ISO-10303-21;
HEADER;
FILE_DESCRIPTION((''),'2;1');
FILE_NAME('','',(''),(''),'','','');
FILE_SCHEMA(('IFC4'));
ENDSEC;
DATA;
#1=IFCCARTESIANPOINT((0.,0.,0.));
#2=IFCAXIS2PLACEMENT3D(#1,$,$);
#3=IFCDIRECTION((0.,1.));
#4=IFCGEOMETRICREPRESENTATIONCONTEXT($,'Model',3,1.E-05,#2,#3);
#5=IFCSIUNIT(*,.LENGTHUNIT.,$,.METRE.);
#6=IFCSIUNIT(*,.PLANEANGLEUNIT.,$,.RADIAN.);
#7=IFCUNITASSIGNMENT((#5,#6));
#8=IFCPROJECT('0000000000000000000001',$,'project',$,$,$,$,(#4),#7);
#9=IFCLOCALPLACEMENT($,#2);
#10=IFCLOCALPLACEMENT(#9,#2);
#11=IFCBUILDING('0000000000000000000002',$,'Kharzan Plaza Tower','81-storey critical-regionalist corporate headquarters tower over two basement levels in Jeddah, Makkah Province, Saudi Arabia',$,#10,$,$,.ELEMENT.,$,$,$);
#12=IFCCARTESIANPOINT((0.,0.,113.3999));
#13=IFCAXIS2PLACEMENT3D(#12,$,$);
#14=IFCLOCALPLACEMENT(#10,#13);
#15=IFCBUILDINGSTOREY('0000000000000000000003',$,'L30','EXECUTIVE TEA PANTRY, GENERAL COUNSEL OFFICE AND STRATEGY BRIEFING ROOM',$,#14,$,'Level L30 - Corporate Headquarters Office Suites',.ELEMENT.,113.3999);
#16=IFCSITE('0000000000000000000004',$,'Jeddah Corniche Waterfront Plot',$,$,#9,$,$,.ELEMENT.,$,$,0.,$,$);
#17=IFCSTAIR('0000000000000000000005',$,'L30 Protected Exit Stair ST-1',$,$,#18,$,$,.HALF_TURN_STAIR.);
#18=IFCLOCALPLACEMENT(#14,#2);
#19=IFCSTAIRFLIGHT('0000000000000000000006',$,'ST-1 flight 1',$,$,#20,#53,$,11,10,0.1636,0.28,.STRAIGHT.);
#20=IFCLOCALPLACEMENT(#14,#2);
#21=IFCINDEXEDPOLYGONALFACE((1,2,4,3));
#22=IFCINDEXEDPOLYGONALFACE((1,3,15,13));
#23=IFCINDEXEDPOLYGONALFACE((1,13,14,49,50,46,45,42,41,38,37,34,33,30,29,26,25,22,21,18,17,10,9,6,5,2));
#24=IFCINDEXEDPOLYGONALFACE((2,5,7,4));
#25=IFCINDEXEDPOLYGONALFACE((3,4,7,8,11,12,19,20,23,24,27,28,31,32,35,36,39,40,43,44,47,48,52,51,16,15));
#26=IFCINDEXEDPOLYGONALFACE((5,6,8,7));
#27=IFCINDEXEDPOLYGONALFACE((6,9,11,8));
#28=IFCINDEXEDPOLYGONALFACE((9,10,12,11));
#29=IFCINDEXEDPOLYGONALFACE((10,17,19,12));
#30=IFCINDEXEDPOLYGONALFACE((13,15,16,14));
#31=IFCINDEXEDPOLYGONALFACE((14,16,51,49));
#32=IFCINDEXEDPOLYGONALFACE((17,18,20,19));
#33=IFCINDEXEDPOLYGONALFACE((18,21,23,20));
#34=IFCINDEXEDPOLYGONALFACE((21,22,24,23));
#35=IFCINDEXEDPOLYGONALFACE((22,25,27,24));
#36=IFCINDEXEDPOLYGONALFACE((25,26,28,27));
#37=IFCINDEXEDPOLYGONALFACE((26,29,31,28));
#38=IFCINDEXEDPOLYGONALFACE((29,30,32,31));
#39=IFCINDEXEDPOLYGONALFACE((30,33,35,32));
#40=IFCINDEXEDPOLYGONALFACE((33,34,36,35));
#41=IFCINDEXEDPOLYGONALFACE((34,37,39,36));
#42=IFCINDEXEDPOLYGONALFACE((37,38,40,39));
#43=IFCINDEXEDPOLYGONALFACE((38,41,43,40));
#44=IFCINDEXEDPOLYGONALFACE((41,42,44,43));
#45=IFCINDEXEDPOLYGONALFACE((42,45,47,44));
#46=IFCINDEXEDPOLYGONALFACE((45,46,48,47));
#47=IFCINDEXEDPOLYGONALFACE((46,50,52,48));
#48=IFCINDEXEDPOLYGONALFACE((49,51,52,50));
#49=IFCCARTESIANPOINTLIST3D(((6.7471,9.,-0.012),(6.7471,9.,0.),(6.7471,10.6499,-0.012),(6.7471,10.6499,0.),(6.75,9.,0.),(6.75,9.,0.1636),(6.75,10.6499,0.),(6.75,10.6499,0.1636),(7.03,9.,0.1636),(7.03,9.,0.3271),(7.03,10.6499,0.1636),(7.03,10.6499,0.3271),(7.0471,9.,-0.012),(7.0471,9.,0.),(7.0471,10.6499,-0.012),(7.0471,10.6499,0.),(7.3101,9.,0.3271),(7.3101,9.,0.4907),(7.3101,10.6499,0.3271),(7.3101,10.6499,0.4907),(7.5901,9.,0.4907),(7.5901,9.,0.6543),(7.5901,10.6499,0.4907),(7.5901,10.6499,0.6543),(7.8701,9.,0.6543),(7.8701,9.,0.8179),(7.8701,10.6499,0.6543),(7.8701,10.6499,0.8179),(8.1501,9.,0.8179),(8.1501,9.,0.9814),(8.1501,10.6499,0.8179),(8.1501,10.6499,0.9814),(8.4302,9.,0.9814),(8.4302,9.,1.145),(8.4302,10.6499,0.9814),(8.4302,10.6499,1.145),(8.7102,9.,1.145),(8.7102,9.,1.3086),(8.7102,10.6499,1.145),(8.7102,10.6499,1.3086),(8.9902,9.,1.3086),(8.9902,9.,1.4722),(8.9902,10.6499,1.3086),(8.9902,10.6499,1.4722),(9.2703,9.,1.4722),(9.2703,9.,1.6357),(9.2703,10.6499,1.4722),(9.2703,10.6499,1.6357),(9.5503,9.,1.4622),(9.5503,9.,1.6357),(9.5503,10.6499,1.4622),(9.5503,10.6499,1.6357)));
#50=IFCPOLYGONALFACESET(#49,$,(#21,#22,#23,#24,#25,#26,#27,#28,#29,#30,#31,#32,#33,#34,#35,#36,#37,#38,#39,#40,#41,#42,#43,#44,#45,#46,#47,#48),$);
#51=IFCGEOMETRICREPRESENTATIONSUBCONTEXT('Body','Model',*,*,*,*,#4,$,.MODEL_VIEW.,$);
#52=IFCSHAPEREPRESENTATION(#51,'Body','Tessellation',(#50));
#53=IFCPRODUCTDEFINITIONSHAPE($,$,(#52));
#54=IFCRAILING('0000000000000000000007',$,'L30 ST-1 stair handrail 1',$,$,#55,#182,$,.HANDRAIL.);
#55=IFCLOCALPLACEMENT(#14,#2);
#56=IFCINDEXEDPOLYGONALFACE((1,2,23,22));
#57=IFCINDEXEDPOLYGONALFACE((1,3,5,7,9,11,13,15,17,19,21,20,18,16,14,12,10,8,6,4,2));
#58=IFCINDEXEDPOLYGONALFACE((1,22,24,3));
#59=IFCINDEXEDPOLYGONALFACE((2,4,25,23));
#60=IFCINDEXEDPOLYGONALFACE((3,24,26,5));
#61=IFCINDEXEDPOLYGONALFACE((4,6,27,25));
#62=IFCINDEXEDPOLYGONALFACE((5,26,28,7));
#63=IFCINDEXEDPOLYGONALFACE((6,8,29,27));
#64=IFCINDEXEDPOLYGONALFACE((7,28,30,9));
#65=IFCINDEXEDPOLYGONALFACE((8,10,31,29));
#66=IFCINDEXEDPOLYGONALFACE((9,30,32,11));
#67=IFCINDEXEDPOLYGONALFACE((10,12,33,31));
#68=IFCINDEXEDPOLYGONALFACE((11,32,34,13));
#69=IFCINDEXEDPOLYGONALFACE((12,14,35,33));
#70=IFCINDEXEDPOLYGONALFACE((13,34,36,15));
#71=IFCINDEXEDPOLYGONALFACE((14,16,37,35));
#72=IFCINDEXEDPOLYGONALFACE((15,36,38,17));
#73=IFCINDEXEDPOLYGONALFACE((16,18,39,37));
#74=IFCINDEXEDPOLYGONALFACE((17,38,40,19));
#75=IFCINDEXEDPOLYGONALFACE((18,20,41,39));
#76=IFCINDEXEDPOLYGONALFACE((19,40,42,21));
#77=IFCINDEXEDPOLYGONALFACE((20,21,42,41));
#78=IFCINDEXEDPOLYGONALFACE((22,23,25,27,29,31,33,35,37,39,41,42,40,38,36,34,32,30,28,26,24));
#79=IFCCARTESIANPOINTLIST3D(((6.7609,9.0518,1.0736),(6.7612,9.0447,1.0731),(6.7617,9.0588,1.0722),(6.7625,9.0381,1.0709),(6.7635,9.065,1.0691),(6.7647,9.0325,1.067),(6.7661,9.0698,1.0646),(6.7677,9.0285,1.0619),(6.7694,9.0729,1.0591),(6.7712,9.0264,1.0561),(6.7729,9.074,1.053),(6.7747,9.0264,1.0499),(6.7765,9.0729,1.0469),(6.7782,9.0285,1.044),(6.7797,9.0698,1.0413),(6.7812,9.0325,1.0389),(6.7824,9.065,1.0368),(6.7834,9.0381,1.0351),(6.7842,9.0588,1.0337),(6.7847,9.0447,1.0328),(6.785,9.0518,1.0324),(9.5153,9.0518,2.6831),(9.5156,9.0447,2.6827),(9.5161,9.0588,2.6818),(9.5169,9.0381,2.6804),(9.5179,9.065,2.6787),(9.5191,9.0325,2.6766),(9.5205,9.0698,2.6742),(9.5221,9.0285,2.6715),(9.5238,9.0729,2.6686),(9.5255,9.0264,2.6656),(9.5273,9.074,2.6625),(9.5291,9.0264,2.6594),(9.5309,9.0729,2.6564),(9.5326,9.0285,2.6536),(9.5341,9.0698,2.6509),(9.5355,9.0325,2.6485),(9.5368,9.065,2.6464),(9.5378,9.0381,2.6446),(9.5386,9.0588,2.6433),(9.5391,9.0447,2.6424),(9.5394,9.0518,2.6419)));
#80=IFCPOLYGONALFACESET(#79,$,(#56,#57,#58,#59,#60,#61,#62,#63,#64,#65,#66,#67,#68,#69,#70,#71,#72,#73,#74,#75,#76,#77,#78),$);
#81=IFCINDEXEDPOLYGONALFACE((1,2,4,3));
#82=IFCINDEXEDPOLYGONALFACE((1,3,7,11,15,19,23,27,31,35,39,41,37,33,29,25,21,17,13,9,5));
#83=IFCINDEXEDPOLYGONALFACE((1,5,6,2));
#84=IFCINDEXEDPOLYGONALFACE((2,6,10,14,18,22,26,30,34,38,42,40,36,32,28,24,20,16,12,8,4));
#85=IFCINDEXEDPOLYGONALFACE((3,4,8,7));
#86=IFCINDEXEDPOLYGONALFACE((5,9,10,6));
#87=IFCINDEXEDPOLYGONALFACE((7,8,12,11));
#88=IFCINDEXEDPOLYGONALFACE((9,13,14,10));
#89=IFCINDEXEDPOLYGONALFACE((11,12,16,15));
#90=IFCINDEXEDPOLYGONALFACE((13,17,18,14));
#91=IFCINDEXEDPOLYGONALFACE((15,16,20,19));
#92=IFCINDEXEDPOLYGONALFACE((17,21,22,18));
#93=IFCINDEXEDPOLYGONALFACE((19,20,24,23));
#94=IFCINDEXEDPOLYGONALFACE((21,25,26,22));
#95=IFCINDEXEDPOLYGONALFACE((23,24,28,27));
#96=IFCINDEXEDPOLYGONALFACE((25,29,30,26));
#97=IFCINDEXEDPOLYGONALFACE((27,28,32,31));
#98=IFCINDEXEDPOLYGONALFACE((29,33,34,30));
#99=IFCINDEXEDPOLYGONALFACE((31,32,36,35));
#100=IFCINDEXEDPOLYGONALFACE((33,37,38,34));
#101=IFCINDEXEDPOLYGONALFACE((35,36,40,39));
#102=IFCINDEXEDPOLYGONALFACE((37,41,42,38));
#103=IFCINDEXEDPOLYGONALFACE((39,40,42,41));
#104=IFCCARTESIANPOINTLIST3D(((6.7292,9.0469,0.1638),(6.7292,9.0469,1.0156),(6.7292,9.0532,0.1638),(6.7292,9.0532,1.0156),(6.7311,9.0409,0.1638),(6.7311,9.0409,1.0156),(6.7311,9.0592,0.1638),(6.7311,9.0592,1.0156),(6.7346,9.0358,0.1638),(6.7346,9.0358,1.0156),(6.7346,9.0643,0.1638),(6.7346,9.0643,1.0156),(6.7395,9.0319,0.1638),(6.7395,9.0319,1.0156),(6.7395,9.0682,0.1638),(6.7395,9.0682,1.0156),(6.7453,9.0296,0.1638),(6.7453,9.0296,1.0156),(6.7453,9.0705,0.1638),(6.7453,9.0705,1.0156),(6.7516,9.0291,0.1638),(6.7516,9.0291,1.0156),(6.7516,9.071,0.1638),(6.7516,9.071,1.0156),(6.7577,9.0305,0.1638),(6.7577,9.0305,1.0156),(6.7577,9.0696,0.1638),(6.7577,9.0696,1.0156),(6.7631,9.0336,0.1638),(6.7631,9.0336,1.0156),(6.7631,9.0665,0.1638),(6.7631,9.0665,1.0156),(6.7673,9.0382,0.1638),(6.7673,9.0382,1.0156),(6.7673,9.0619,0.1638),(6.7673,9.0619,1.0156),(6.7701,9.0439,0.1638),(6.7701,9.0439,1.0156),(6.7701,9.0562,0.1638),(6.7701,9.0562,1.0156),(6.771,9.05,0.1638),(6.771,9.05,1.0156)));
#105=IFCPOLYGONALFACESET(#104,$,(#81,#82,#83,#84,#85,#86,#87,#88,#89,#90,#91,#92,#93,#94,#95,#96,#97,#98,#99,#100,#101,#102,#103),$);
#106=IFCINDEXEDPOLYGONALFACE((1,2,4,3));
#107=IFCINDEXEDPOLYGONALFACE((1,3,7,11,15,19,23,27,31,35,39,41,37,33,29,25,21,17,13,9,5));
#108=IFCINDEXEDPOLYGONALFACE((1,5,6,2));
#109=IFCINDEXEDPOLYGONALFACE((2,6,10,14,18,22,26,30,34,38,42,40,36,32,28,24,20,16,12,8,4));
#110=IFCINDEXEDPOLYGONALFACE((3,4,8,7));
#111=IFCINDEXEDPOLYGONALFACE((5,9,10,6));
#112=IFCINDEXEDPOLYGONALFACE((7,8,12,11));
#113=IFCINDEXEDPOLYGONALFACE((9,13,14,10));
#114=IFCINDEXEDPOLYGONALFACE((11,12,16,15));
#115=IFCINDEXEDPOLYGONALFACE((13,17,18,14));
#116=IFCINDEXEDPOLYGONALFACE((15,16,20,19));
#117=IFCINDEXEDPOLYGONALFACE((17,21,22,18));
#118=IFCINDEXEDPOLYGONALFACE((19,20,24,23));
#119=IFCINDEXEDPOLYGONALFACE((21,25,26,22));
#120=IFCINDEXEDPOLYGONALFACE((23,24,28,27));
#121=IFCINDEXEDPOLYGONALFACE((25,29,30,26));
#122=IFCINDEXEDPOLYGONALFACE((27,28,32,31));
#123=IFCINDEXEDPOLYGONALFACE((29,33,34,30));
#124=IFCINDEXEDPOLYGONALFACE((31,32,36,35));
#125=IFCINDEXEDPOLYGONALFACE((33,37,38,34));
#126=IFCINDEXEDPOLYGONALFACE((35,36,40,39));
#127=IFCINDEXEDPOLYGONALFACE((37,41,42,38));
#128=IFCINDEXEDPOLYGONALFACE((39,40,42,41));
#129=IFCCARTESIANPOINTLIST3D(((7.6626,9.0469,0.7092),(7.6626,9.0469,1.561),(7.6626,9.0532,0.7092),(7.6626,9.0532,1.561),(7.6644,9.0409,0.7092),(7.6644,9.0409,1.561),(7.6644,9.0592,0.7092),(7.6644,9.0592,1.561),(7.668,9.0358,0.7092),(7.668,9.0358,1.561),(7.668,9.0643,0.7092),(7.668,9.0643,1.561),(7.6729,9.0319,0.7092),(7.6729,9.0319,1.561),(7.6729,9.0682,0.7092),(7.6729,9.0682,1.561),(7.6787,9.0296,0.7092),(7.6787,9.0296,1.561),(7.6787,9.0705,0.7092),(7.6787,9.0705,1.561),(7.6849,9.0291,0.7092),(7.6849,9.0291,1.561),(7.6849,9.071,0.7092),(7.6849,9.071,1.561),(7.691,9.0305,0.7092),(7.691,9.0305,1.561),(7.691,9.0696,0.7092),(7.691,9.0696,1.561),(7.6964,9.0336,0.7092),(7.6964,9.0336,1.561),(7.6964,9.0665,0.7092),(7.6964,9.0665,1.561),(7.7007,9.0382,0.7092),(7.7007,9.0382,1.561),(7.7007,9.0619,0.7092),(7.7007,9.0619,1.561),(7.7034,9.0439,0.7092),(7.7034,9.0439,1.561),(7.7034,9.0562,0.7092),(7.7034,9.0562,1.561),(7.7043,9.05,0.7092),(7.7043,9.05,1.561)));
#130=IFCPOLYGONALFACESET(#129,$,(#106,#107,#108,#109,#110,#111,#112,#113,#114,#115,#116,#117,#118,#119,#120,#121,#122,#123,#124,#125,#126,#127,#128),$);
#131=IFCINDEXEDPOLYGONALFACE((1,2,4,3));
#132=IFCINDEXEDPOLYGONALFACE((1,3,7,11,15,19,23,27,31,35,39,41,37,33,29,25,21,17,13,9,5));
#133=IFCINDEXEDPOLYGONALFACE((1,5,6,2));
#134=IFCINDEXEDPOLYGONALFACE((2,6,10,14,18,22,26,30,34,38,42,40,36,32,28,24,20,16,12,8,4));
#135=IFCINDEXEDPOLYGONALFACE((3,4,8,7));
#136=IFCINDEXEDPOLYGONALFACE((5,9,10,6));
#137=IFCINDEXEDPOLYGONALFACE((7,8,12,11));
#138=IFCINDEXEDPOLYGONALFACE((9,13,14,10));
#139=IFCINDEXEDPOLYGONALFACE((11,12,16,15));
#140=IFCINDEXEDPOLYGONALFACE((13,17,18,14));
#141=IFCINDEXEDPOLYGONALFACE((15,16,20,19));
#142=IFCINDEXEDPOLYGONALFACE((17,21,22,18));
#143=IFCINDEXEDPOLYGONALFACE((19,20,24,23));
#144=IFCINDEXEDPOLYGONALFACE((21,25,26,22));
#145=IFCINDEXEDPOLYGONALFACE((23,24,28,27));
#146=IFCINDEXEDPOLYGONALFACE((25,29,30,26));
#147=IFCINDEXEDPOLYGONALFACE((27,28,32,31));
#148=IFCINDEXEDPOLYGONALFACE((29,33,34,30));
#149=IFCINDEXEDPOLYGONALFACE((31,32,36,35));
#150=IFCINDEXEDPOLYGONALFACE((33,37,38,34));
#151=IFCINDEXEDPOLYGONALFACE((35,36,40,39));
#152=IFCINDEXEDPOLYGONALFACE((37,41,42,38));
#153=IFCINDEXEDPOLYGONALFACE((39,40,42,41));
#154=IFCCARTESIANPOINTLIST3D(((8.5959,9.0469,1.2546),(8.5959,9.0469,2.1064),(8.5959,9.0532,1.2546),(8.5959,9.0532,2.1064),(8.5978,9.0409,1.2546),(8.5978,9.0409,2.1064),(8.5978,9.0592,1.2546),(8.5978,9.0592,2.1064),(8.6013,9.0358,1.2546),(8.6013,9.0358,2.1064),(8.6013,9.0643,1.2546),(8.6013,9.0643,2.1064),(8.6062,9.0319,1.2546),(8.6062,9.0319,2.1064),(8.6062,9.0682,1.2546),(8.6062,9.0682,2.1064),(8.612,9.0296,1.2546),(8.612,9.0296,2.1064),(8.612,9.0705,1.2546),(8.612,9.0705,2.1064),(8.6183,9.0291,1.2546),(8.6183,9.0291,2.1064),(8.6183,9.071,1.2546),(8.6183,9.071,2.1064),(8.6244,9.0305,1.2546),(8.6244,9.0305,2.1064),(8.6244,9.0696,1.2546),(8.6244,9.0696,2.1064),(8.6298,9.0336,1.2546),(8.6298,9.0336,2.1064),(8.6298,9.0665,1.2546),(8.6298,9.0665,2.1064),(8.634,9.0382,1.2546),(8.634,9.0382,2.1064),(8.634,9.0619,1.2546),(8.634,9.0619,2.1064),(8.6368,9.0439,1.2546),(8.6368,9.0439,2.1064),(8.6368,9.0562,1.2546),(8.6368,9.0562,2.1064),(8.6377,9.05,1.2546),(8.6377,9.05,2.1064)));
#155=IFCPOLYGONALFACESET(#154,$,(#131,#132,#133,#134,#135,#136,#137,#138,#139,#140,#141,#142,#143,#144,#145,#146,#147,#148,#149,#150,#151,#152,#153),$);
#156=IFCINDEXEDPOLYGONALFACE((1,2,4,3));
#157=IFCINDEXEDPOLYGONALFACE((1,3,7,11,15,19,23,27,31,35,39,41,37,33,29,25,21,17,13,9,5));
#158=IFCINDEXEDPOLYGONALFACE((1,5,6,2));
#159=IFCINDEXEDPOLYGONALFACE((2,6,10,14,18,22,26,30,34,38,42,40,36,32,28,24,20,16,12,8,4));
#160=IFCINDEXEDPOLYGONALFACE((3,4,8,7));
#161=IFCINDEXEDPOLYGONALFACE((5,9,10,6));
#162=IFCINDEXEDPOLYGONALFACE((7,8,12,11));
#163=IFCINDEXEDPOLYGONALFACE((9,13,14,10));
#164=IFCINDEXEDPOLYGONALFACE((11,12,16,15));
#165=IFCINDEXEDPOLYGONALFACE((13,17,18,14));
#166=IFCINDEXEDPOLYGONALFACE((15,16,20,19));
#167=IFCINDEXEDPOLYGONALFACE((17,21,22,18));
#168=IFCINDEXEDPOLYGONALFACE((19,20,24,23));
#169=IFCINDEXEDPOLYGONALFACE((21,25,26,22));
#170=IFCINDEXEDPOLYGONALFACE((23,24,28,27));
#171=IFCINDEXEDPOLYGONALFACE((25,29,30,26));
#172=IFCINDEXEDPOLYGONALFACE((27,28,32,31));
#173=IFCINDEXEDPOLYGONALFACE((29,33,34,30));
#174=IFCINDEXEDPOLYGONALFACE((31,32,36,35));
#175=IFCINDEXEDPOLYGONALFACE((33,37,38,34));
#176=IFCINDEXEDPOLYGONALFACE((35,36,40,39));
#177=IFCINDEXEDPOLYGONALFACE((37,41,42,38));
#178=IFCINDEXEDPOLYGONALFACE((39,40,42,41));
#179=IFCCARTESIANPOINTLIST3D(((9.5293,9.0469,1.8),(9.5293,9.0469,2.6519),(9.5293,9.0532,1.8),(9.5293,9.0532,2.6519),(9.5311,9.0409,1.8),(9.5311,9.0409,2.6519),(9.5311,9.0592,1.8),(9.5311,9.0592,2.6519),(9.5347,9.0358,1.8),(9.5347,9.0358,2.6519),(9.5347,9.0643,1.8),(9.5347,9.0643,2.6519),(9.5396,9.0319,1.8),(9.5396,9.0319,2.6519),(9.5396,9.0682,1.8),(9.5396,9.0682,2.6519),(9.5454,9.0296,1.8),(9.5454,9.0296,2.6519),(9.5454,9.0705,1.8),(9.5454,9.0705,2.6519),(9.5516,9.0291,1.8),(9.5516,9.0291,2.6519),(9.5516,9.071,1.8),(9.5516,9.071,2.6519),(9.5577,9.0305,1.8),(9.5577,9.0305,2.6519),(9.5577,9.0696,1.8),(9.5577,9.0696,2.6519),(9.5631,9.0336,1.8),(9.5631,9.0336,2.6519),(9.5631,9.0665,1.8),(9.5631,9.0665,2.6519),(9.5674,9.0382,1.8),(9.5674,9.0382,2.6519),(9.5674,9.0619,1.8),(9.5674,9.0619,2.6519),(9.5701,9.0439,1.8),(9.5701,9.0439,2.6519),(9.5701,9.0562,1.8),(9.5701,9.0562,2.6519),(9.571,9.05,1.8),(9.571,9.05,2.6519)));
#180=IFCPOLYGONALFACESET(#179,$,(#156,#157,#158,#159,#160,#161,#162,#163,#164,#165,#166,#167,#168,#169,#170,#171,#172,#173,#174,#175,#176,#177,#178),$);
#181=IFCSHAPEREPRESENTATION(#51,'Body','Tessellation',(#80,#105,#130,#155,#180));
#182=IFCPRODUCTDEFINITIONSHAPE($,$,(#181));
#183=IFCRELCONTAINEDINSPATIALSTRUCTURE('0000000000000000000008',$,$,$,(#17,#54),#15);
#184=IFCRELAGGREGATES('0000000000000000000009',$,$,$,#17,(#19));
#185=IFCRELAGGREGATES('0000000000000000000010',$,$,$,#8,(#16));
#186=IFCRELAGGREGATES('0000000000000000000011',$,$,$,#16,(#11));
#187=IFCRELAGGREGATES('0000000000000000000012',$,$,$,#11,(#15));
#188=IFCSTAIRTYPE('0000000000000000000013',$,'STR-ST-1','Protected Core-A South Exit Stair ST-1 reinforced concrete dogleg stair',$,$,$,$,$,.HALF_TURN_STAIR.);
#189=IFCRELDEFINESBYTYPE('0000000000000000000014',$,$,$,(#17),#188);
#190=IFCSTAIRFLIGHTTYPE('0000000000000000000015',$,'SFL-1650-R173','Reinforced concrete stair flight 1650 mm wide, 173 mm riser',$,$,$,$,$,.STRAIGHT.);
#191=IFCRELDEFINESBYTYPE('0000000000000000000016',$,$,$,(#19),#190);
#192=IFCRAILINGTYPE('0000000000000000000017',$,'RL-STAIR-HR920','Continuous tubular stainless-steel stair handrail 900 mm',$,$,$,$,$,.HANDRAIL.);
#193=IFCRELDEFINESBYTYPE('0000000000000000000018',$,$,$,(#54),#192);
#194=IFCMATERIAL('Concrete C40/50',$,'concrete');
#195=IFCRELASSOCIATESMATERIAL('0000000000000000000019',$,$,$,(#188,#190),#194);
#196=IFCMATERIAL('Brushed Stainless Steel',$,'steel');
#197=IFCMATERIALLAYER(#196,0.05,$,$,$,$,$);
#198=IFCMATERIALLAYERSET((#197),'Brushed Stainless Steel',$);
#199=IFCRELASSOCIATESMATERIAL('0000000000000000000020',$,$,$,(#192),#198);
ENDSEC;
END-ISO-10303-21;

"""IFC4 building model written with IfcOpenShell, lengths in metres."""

from ifc_helpers import new_model, si_unit, direction, frame, origin, origin_2d, place, context, subcontext, project, spatial, polyline, circle, outline, extrude, source, transform, mapped, material, layer, layer_set, type_object, element, aggregate, save


model = new_model("IFC4")

# Units and contexts
model_context = context("Model", 3, precision=1e-05, world=origin(), true_north=direction((0.0, 1.0)))
body_context = subcontext(model_context, "Body", "Model", "MODEL_VIEW")
ifc_project = project(units=[si_unit("LENGTHUNIT", "METRE"), si_unit("PLANEANGLEUNIT", "RADIAN")], contexts=[model_context])

# Site, building, storey
site_placement = place(None, origin())
site = spatial("IfcSite", under=ifc_project, at=site_placement, Name="Jeddah Corniche Waterfront Plot", CompositionType="ELEMENT", RefElevation=0.0)
building_placement = place(site_placement, origin())
building = spatial("IfcBuilding", under=site, at=building_placement, Name="Kharzan Plaza Tower", Description="81-storey critical-regionalist corporate headquarters tower over two basement levels in Jeddah, Makkah Province, Saudi Arabia", CompositionType="ELEMENT")
storey_placement = place(building_placement, frame((0.0, 0.0, 113.3999)))
storey = spatial("IfcBuildingStorey", under=building, at=storey_placement, Name="L30", Description="EXECUTIVE TEA PANTRY, GENERAL COUNSEL OFFICE AND STRATEGY BRIEFING ROOM", LongName="Level L30 - Corporate Headquarters Office Suites", CompositionType="ELEMENT", Elevation=113.3999)

# Shared definitions
ifc_material_1 = material(Name="Concrete C40/50", Category="concrete")

# Stair, stair flight
stair_type = type_object("IfcStairType", Name="STR-ST-1", Description="Protected Core-A South Exit Stair ST-1 reinforced concrete dogleg stair", PredefinedType="HALF_TURN_STAIR", material=ifc_material_1)
stair_placement = place(storey_placement, origin())
stair = element("IfcStair", 1, at=stair_placement, inside=storey, type_object=stair_type, Name="L30 Protected Exit Stair ST-1", PredefinedType="HALF_TURN_STAIR")
stair_flight_type = type_object("IfcStairFlightType", Name="SFL-1650-R173", Description="Reinforced concrete stair flight 1650 mm wide, 173 mm riser", PredefinedType="STRAIGHT", material=ifc_material_1)
shared_shape_1 = source(origin(), body_context, "Body", "SweptSolid", [
    extrude(outline(polyline([(-0.0029, -0.012), (-0.0029, 0.0), (0.0, 0.0), (0.0, 0.1636), (0.28, 0.1636), (0.28, 0.3271), (0.5601, 0.3271), (0.5601, 0.4907), (0.8401, 0.4907), (0.8401, 0.6543), (1.1201, 0.6543), (1.1201, 0.8179), (1.4001, 0.8179), (1.4001, 0.9814), (1.6802, 0.9814), (1.6802, 1.145), (1.9602, 1.145), (1.9602, 1.3086), (2.2402, 1.3086), (2.2402, 1.4722), (2.5203, 1.4722), (2.5203, 1.6357), (2.8003, 1.6357), (2.8003, 1.7993), (2.8003, 1.4622), (0.2971, 0.0), (0.2971, -0.012), (-0.0029, -0.012)])), frame((0.0, 0.825, 0.0), z_axis=(0.0, -1.0, 0.0), x_axis=(1.0, 0.0, 0.0)), (0.0, 0.0, 1.0), 1.6499),
])
stair_flight_placement = place(storey_placement, frame((6.75, 9.825, 0.0), z_axis=(0.0, 0.0, 1.0), x_axis=(1.0, 0.0, 0.0)))
stair_flight = element("IfcStairFlight", 2, at=stair_flight_placement, type_object=stair_flight_type, Name="ST-1 flight 1", NumberOfRisers=11, NumberOfTreads=10, PredefinedType="STRAIGHT", RiserHeight=0.1636, TreadLength=0.28, context=body_context, shape_type="MappedRepresentation", body=[
    mapped(shared_shape_1, transform((0.0, 0.0, 0.0), x_axis=(1.0, 0.0, 0.0), y_axis=(0.0, 1.0, 0.0), z_axis=(0.0, 0.0, 1.0))),
])
aggregate(stair, [stair_flight])

# Railing
ifc_material_2 = material(Name="Brushed Stainless Steel", Category="steel")
ifc_layer_1 = layer(ifc_material_2, 0.05)
ifc_layer_set_1 = layer_set([ifc_layer_1], Name="Brushed Stainless Steel")
railing_type = type_object("IfcRailingType", Name="RL-STAIR-HR920", Description="Continuous tubular stainless-steel stair handrail 900 mm", PredefinedType="HANDRAIL", material=ifc_layer_set_1)
shared_shape_2 = source(origin(), body_context, "Body", "SweptSolid", [
    extrude(circle(Radius=0.0239, at=origin_2d()), frame((0.0229, 0.0, 0.8892), z_axis=(0.863394, 0.0, 0.504531), x_axis=(0.0, 1.0, 0.0)), (0.0, 0.0, 1.0), 3.1902),
    extrude(circle(Radius=0.021, at=origin_2d()), origin(), (0.0, 0.0, 1.0), 0.8518),
    extrude(circle(Radius=0.021, at=origin_2d()), frame((0.9333, 0.0, 0.5454)), (0.0, 0.0, 1.0), 0.8518),
    extrude(circle(Radius=0.021, at=origin_2d()), frame((1.8667, 0.0, 1.0908)), (0.0, 0.0, 1.0), 0.8518),
    extrude(circle(Radius=0.021, at=origin_2d()), frame((2.8, 0.0, 1.6362)), (0.0, 0.0, 1.0), 0.8518),
])
railing_placement = place(storey_placement, frame((6.75, 9.05, 0.1638)))
element("IfcRailing", 3, at=railing_placement, inside=storey, type_object=railing_type, Name="L30 ST-1 stair handrail 1", PredefinedType="HANDRAIL", context=body_context, shape_type="MappedRepresentation", body=[
    mapped(shared_shape_2, transform((0.0, 0.0, 0.0), x_axis=(1.0, 0.0, 0.0), y_axis=(0.0, 1.0, 0.0), z_axis=(0.0, 0.0, 1.0))),
])

save(model, "model.ifc")
